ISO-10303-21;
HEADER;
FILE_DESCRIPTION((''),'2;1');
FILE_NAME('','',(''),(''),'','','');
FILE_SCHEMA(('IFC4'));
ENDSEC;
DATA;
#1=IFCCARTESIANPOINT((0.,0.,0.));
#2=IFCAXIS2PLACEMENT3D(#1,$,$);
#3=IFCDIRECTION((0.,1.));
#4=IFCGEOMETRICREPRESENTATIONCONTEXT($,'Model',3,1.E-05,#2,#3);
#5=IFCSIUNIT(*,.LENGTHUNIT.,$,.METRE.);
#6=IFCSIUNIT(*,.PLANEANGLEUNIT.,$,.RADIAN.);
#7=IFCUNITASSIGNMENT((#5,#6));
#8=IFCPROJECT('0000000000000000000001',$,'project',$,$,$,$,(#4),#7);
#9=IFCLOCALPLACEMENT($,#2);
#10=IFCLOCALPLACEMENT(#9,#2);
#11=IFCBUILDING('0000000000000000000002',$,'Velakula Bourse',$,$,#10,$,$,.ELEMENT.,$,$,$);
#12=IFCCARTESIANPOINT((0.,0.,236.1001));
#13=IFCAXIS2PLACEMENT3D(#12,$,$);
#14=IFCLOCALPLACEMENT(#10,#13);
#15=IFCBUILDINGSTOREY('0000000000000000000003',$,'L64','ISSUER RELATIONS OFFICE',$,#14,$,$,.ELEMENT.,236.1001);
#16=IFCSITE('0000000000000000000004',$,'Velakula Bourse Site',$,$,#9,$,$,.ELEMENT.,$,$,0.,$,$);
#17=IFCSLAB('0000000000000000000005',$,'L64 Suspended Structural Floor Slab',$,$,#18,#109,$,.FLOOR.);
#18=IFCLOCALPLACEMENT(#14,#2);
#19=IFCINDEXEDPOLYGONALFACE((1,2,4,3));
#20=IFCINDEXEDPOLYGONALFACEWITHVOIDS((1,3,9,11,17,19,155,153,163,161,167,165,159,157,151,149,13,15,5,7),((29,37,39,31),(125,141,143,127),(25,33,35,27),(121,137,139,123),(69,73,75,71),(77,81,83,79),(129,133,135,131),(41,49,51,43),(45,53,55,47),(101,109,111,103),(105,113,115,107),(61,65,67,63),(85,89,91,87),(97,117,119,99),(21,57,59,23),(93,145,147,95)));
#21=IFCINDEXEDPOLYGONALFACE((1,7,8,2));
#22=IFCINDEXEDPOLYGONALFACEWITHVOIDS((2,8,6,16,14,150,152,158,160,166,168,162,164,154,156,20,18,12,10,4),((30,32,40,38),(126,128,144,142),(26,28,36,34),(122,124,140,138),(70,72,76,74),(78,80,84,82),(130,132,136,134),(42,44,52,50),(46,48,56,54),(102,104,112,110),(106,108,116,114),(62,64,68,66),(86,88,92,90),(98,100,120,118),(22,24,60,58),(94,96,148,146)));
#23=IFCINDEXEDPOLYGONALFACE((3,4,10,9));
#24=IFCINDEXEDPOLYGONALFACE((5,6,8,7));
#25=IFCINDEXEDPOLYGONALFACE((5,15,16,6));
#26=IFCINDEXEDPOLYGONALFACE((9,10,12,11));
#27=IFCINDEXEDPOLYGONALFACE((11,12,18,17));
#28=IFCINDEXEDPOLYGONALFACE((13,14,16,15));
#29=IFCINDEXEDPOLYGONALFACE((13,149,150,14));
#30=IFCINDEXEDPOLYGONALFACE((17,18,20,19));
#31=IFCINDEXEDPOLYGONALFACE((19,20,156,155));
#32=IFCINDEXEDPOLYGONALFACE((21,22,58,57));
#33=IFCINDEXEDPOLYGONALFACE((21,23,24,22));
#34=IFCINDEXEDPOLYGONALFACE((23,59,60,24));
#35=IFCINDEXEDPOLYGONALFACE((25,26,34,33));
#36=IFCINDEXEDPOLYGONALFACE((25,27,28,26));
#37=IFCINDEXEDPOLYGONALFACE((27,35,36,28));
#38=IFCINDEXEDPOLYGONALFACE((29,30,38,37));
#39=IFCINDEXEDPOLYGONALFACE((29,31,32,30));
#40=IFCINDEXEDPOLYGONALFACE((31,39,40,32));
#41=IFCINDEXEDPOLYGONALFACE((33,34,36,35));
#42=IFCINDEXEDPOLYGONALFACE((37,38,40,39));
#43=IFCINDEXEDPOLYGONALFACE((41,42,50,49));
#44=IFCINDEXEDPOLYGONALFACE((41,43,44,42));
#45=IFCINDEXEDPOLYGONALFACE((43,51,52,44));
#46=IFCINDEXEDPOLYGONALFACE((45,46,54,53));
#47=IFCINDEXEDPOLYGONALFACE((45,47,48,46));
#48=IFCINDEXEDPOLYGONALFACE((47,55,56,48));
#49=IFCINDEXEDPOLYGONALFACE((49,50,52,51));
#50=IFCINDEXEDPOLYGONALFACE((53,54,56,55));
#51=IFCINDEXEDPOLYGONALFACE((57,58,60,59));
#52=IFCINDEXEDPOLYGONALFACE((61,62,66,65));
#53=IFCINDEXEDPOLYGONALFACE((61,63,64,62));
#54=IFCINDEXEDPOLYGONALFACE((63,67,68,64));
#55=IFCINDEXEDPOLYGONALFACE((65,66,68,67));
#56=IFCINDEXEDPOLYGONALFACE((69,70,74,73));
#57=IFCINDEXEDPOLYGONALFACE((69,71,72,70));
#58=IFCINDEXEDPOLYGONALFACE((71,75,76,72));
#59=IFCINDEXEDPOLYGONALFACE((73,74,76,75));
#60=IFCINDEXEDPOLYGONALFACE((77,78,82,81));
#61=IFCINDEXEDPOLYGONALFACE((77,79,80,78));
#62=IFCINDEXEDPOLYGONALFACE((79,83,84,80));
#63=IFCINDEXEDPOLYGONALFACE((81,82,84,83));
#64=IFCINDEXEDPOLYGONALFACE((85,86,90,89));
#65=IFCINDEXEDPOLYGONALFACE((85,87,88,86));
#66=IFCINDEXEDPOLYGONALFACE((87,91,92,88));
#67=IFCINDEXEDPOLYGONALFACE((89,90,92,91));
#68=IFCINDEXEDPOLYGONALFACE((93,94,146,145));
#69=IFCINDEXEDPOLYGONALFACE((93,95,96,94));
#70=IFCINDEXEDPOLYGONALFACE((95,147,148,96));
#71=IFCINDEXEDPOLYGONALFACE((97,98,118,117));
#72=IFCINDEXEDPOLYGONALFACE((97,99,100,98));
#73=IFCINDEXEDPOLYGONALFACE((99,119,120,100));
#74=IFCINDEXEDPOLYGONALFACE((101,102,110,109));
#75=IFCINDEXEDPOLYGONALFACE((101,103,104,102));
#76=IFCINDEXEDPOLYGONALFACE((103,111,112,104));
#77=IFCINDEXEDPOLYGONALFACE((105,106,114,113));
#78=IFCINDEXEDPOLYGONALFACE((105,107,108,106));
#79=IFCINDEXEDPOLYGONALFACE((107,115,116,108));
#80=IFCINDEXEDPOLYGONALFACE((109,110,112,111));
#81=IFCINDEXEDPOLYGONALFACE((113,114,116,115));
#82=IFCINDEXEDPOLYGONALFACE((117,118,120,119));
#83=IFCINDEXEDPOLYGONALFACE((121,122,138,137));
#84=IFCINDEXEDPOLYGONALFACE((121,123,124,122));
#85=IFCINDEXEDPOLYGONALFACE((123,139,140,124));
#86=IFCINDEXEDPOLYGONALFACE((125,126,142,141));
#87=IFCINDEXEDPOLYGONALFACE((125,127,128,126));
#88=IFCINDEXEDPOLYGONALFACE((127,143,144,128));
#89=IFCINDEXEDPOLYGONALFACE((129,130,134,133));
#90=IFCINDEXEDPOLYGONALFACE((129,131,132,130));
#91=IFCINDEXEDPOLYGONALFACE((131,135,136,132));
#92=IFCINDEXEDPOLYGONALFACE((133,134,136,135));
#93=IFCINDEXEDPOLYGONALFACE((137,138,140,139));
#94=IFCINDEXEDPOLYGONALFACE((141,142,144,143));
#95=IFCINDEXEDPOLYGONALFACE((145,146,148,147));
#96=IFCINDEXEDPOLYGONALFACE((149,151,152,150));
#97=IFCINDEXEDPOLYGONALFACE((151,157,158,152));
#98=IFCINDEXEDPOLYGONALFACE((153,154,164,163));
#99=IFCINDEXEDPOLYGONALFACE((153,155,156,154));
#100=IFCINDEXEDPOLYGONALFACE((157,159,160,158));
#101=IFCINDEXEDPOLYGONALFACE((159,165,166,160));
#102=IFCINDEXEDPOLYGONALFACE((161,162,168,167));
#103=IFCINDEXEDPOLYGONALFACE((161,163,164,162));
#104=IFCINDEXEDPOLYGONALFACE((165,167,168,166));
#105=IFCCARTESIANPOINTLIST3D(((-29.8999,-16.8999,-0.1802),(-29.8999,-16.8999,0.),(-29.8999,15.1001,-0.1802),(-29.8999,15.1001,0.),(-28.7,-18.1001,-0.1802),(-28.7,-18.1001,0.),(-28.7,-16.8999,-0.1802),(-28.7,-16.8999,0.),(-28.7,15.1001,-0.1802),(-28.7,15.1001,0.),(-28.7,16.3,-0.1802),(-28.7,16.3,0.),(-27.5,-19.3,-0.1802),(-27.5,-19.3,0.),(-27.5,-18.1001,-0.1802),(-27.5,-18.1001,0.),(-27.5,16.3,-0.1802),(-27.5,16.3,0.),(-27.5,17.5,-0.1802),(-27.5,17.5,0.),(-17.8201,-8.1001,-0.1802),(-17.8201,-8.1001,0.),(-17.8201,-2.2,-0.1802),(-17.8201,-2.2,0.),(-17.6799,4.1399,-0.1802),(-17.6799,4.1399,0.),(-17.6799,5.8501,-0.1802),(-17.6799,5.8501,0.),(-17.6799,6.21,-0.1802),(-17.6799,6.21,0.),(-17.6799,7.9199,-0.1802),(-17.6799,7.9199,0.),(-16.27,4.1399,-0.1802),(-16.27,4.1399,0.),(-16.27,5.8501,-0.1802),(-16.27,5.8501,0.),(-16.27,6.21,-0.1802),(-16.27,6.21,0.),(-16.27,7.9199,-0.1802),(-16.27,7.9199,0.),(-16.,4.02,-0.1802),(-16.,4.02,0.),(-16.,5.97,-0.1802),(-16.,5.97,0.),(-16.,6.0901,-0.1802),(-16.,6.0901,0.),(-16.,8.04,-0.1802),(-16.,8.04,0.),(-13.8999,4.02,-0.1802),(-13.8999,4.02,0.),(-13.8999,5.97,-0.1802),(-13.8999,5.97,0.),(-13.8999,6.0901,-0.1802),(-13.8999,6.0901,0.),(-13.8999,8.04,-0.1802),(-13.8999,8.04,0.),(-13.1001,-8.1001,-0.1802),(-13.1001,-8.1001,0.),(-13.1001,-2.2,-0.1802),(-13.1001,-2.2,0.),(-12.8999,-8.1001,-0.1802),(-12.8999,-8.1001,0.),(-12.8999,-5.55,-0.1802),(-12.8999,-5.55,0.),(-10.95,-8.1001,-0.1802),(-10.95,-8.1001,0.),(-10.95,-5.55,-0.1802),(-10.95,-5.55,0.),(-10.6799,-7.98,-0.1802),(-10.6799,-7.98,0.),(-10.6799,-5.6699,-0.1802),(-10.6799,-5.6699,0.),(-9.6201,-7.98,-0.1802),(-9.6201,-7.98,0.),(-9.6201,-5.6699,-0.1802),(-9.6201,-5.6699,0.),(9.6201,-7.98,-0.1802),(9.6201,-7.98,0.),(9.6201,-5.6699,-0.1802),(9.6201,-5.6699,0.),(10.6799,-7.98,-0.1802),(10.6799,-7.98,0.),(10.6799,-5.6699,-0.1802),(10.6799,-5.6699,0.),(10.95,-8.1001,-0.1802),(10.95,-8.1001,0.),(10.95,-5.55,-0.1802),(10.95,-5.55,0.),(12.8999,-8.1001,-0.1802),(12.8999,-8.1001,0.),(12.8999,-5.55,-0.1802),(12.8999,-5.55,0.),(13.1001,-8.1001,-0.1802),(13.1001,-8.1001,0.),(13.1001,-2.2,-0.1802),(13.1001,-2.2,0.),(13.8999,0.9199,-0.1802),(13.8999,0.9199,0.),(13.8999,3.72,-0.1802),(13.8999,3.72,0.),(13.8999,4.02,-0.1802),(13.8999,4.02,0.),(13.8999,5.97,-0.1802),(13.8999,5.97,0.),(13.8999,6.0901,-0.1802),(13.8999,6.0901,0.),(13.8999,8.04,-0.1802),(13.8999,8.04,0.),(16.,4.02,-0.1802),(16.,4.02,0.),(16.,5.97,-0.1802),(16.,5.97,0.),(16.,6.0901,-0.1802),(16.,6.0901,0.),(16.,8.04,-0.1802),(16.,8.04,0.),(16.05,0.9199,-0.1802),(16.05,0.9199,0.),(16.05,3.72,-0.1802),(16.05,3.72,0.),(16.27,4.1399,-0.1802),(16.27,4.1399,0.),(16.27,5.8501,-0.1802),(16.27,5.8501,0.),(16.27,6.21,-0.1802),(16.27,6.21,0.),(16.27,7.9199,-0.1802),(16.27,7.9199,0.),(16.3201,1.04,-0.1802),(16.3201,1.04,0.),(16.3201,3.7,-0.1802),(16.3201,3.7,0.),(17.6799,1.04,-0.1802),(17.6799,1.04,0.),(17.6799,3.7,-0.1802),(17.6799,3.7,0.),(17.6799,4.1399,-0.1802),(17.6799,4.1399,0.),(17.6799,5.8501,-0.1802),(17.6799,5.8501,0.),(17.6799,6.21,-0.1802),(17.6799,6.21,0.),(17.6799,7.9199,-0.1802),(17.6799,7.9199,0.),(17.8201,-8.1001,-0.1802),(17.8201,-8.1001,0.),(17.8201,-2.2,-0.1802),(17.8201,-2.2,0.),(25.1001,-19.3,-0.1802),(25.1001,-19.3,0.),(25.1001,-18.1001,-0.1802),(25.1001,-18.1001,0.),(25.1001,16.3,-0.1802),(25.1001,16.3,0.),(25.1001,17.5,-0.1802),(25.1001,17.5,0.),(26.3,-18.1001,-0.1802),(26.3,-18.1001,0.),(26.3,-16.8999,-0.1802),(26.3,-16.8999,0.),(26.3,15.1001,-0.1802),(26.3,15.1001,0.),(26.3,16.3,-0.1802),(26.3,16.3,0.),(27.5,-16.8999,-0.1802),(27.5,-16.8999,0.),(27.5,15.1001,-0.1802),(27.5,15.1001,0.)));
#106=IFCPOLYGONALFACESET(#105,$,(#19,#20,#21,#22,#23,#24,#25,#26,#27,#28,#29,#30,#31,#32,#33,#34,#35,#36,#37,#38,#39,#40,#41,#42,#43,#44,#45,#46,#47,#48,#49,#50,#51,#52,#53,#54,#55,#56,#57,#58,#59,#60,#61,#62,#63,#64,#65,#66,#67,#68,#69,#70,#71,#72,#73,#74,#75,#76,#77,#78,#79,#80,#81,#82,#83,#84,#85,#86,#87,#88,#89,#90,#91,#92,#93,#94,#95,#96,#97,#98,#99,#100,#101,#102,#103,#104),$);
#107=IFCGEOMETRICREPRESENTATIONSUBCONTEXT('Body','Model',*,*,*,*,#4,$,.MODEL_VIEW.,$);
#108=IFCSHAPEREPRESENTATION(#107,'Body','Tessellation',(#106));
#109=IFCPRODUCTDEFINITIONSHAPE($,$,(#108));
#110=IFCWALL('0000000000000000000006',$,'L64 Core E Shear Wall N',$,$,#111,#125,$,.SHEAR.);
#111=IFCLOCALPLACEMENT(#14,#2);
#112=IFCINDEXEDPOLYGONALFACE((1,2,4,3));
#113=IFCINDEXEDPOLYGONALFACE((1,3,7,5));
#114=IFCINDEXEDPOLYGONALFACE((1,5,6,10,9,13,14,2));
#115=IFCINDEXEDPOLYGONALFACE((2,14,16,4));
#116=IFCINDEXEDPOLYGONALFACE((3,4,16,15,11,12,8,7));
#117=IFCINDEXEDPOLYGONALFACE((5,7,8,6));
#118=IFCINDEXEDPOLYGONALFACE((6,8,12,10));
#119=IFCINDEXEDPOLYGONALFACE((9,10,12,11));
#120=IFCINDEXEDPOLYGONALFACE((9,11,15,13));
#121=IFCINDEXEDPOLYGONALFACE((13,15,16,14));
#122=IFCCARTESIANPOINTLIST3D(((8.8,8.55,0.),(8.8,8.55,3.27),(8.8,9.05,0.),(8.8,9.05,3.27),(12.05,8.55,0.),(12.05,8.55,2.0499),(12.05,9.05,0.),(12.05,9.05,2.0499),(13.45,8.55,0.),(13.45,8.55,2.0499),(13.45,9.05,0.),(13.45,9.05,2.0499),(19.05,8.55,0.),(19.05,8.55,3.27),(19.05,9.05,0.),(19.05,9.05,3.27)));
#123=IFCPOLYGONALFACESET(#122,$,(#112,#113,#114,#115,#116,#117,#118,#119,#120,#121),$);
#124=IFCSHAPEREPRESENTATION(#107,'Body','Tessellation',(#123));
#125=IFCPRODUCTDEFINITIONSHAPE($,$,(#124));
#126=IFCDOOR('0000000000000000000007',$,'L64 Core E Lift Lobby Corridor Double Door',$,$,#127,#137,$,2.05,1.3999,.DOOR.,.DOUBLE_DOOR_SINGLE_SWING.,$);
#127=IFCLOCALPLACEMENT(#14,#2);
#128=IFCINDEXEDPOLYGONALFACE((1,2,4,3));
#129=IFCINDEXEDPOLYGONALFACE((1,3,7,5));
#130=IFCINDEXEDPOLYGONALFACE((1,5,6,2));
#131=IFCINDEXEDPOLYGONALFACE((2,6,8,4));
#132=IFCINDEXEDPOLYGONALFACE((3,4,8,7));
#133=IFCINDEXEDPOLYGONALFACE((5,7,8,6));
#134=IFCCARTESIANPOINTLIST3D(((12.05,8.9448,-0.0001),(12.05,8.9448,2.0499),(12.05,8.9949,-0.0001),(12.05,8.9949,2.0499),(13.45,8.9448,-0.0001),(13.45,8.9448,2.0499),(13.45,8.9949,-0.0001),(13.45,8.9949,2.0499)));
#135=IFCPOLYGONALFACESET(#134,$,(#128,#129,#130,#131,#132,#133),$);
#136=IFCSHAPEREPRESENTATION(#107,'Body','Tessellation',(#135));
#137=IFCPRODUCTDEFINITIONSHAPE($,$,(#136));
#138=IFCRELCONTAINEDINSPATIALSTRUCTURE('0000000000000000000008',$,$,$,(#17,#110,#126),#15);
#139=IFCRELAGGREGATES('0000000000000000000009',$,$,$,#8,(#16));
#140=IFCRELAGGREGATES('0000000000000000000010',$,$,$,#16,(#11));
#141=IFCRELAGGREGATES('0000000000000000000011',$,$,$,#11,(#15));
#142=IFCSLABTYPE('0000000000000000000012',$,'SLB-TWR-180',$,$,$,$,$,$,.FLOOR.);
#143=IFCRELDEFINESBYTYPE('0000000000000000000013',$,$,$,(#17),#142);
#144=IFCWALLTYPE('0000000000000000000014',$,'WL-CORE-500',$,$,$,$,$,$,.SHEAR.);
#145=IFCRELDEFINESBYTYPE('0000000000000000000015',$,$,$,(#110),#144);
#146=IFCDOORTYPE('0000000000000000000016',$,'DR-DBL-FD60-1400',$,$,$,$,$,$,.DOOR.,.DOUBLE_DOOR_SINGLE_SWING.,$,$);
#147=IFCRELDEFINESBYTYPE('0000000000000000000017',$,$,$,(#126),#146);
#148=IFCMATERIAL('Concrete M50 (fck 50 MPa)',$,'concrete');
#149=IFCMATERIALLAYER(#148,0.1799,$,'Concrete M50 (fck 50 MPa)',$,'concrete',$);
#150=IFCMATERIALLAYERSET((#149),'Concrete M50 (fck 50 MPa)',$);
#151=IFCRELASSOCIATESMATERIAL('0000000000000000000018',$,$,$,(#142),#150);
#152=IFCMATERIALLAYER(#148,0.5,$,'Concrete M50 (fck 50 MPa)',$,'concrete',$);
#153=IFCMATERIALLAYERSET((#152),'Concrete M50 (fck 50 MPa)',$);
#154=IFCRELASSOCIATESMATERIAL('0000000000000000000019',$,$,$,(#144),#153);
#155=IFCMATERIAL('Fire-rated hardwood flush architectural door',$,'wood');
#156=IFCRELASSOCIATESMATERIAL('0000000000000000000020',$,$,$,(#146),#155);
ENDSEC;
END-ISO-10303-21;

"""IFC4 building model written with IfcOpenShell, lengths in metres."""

from ifc_helpers import new_model, si_unit, direction, frame, frame_2d, origin, place, context, subcontext, project, spatial, polyline, rectangle, outline, extrude, material, layer, layer_set, type_object, element, fill, save


model = new_model("IFC4")

# Units and contexts
model_context = context("Model", 3, precision=1e-05, world=origin(), true_north=direction((0.0, 1.0)))
body_context = subcontext(model_context, "Body", "Model", "MODEL_VIEW")
ifc_project = project(units=[si_unit("LENGTHUNIT", "METRE"), si_unit("PLANEANGLEUNIT", "RADIAN")], contexts=[model_context])

# Site, building, storey
site_placement = place(None, origin())
site = spatial("IfcSite", under=ifc_project, at=site_placement, Name="Velakula Bourse Site", CompositionType="ELEMENT", RefElevation=0.0)
building_placement = place(site_placement, origin())
building = spatial("IfcBuilding", under=site, at=building_placement, Name="Velakula Bourse", CompositionType="ELEMENT")
storey_placement = place(building_placement, frame((0.0, 0.0, 236.1001)))
storey = spatial("IfcBuildingStorey", under=building, at=storey_placement, Name="L64", Description="ISSUER RELATIONS OFFICE", CompositionType="ELEMENT", Elevation=236.1001)

# Shared definitions
ifc_material_1 = material(Name="Concrete M50 (fck 50 MPa)", Category="concrete")

# Slab
ifc_layer_1 = layer(ifc_material_1, 0.1799, Name="Concrete M50 (fck 50 MPa)", Category="concrete")
ifc_layer_set_1 = layer_set([ifc_layer_1], Name="Concrete M50 (fck 50 MPa)")
slab_type_1 = type_object("IfcSlabType", Name="SLB-TWR-180", PredefinedType="FLOOR", material=ifc_layer_set_1)
slab_1_placement = place(storey_placement, frame((0.0, 0.0, -0.1802)))
element("IfcSlab", 1, at=slab_1_placement, inside=storey, type_object=slab_type_1, Name="L64 Suspended Structural Floor Slab", PredefinedType="FLOOR", context=body_context, shape_type="SweptSolid", body=[
    extrude(outline(polyline([(-27.5, -19.3), (25.1001, -19.3), (25.1001, -18.1001), (26.3, -18.1001), (26.3, -16.8999), (27.5, -16.8999), (27.5, 15.1001), (26.3, 15.1001), (26.3, 16.3), (25.1001, 16.3), (25.1001, 17.5), (-27.5, 17.5), (-27.5, 16.3), (-28.7, 16.3), (-28.7, 15.1001), (-29.8999, 15.1001), (-29.8999, -16.8999), (-28.7, -16.8999), (-28.7, -18.1001), (-27.5, -18.1001), (-27.5, -19.3)]), holes=[polyline([(-17.8201, -8.1001), (-13.1001, -8.1001), (-13.1001, -2.2), (-17.8201, -2.2), (-17.8201, -8.1001)]), polyline([(13.1001, -8.1001), (17.8201, -8.1001), (17.8201, -2.2), (13.1001, -2.2), (13.1001, -8.1001)]), polyline([(-12.8999, -8.1001), (-10.95, -8.1001), (-10.95, -5.55), (-12.8999, -5.55), (-12.8999, -8.1001)]), polyline([(10.95, -8.1001), (12.8999, -8.1001), (12.8999, -5.55), (10.95, -5.55), (10.95, -8.1001)]), polyline([(13.8999, 0.9199), (16.05, 0.9199), (16.05, 3.72), (13.8999, 3.72), (13.8999, 0.9199)]), polyline([(-10.6799, -7.98), (-9.6201, -7.98), (-9.6201, -5.6699), (-10.6799, -5.6699), (-10.6799, -7.98)]), polyline([(-17.6799, 4.1399), (-16.27, 4.1399), (-16.27, 5.8501), (-17.6799, 5.8501), (-17.6799, 4.1399)]), polyline([(-17.6799, 6.21), (-16.27, 6.21), (-16.27, 7.9199), (-17.6799, 7.9199), (-17.6799, 6.21)]), polyline([(9.6201, -7.98), (10.6799, -7.98), (10.6799, -5.6699), (9.6201, -5.6699), (9.6201, -7.98)]), polyline([(16.27, 4.1399), (17.6799, 4.1399), (17.6799, 5.8501), (16.27, 5.8501), (16.27, 4.1399)]), polyline([(16.27, 6.21), (17.6799, 6.21), (17.6799, 7.9199), (16.27, 7.9199), (16.27, 6.21)]), polyline([(16.3201, 1.04), (17.6799, 1.04), (17.6799, 3.7), (16.3201, 3.7), (16.3201, 1.04)]), polyline([(-16.0, 4.02), (-13.8999, 4.02), (-13.8999, 5.97), (-16.0, 5.97), (-16.0, 4.02)]), polyline([(-16.0, 6.0901), (-13.8999, 6.0901), (-13.8999, 8.04), (-16.0, 8.04), (-16.0, 6.0901)]), polyline([(13.8999, 4.02), (16.0, 4.02), (16.0, 5.97), (13.8999, 5.97), (13.8999, 4.02)]), polyline([(13.8999, 6.0901), (16.0, 6.0901), (16.0, 8.04), (13.8999, 8.04), (13.8999, 6.0901)])]), origin(), (0.0, 0.0, 1.0), 0.1802),
])

# Wall, opening, door
ifc_layer_2 = layer(ifc_material_1, 0.5, Name="Concrete M50 (fck 50 MPa)", Category="concrete")
ifc_layer_set_2 = layer_set([ifc_layer_2], Name="Concrete M50 (fck 50 MPa)")
wall_type_1 = type_object("IfcWallType", Name="WL-CORE-500", PredefinedType="SHEAR", material=ifc_layer_set_2)
wall_1_placement = place(storey_placement, frame((8.8, 8.8, 0.0), z_axis=(0.0, 0.0, 1.0), x_axis=(1.0, 0.0, 0.0)))
wall_1 = element("IfcWall", 2, at=wall_1_placement, inside=storey, type_object=wall_type_1, Name="L64 Core E Shear Wall N", PredefinedType="SHEAR", context=body_context, shape_type="SweptSolid", body=[
    extrude(rectangle(XDim=10.25, YDim=0.5, at=frame_2d((5.125, 0.0))), origin(), (0.0, 0.0, 1.0), 3.27),
])
opening_1_placement = place(wall_1_placement, frame((3.25, 0.0, 0.0)))
opening_1 = element("IfcOpeningElement", 3, at=opening_1_placement, cuts=wall_1, PredefinedType="OPENING", context=body_context, shape_type="SweptSolid", body=[
    extrude(rectangle(XDim=1.3999, YDim=2.05, at=frame_2d((0.7, 1.0249))), frame((0.0, 0.26, 0.0), z_axis=(0.0, -1.0, 0.0), x_axis=(1.0, 0.0, 0.0)), (0.0, 0.0, 1.0), 0.52),
])
ifc_material_2 = material(Name="Fire-rated hardwood flush architectural door", Category="wood")
door_type = type_object("IfcDoorType", Name="DR-DBL-FD60-1400", OperationType="DOUBLE_DOOR_SINGLE_SWING", PredefinedType="DOOR", material=ifc_material_2)
door_placement = place(opening_1_placement, origin())
door = element("IfcDoor", 4, at=door_placement, inside=storey, type_object=door_type, Name="L64 Core E Lift Lobby Corridor Double Door", OperationType="DOUBLE_DOOR_SINGLE_SWING", OverallHeight=2.05, OverallWidth=1.3999, PredefinedType="DOOR", context=body_context, shape_type="SweptSolid", body=[
    extrude(rectangle(XDim=1.3999, YDim=2.05, at=frame_2d((0.7, 1.0249))), frame((0.0, 0.1948, 0.0), z_axis=(0.0, -1.0, 0.0), x_axis=(1.0, 0.0, 0.0)), (0.0, 0.0, 1.0), 0.05),
])
fill(opening_1, door)

save(model, "model.ifc")
